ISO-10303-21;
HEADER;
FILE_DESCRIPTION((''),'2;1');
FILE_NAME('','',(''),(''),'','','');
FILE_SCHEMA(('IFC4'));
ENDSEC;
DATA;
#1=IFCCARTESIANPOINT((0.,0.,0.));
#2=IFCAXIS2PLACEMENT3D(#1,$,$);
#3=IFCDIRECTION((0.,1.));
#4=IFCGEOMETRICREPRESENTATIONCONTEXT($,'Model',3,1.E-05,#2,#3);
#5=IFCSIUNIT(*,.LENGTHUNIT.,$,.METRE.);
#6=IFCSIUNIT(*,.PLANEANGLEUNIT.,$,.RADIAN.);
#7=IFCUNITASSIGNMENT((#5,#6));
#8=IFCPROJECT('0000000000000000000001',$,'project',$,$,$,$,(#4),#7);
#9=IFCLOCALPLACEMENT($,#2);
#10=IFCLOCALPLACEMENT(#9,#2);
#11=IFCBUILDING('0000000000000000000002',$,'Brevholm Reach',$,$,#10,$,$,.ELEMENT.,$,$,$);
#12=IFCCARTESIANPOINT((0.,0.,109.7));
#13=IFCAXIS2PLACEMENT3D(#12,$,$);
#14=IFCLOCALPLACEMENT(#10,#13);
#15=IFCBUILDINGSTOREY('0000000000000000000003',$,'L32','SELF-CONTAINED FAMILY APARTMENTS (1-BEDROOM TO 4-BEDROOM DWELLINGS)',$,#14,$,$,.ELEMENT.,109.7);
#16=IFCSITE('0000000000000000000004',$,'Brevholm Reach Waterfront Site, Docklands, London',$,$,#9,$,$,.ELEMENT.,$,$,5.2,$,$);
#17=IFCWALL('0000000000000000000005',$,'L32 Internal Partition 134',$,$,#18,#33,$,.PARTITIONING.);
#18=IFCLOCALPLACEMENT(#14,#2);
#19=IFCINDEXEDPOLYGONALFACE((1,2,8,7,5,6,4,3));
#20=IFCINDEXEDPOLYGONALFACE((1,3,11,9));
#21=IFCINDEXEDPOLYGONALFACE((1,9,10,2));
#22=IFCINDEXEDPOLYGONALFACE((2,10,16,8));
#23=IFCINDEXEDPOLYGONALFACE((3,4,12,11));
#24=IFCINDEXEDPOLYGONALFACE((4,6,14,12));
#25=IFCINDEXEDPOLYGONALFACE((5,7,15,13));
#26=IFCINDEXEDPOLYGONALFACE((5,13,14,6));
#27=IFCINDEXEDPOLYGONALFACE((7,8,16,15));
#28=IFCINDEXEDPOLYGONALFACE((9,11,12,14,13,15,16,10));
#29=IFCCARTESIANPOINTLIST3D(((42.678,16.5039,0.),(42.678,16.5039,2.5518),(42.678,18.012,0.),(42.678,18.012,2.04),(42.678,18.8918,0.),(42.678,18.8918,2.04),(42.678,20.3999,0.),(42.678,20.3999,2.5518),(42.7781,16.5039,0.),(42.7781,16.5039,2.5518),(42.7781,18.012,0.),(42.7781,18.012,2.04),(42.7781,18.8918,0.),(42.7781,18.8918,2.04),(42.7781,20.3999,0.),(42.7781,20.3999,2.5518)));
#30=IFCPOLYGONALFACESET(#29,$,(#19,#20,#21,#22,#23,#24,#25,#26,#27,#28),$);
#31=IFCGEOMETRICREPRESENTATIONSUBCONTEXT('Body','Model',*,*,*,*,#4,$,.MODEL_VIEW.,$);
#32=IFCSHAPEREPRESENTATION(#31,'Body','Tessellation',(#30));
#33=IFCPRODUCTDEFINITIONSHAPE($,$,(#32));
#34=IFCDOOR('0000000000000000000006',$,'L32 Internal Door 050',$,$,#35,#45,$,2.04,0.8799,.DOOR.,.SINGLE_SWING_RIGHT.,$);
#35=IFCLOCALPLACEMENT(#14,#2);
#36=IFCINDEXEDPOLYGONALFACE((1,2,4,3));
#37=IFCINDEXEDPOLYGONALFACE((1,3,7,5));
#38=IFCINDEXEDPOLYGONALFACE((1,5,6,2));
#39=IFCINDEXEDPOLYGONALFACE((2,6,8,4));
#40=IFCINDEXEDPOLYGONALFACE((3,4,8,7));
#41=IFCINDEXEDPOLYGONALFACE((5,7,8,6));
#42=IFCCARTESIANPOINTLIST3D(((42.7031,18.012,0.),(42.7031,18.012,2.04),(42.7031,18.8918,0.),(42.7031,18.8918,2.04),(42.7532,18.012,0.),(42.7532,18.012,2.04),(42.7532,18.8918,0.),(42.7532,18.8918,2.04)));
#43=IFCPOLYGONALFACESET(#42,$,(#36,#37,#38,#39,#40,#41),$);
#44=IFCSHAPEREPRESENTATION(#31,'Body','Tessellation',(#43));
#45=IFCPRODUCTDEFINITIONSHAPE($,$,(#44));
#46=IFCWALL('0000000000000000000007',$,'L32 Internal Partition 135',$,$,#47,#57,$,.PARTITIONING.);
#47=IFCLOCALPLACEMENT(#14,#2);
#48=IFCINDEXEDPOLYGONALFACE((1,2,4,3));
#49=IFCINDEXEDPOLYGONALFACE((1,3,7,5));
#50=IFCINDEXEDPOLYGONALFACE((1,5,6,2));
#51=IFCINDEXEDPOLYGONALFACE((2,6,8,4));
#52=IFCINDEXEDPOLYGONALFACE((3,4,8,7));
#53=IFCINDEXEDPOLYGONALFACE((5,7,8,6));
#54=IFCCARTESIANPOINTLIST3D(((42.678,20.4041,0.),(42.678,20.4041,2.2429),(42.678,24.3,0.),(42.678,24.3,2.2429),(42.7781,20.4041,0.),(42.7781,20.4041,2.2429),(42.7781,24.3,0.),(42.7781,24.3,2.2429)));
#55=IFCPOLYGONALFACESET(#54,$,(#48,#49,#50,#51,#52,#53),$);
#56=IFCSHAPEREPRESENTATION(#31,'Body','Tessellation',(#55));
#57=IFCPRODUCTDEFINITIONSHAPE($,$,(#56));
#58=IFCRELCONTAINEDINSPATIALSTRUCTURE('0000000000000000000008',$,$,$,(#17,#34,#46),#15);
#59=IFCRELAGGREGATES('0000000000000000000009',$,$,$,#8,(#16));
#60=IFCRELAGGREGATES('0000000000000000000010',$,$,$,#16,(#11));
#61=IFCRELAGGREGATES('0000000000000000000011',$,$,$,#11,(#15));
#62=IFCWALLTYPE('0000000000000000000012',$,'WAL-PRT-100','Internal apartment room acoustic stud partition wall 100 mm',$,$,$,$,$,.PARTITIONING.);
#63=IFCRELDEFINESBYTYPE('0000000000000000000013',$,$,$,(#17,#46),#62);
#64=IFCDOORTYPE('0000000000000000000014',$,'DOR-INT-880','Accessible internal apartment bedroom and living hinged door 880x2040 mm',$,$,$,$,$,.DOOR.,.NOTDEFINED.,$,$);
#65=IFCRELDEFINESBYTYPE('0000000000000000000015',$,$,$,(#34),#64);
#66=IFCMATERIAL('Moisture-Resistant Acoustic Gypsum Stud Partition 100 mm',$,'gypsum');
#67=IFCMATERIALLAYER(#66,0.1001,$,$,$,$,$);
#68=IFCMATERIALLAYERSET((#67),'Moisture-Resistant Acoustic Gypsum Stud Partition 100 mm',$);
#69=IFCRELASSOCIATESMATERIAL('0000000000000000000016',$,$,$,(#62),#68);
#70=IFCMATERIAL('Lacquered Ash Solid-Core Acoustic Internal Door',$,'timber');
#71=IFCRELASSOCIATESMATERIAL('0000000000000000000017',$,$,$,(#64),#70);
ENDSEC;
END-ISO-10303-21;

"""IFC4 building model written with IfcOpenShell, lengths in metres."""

from ifc_helpers import new_model, si_unit, direction, frame, frame_2d, origin, place, context, subcontext, project, spatial, rectangle, extrude, material, layer, layer_set, type_object, element, fill, save


model = new_model("IFC4")

# Units and contexts
model_context = context("Model", 3, precision=1e-05, world=origin(), true_north=direction((0.0, 1.0)))
body_context = subcontext(model_context, "Body", "Model", "MODEL_VIEW")
ifc_project = project(units=[si_unit("LENGTHUNIT", "METRE"), si_unit("PLANEANGLEUNIT", "RADIAN")], contexts=[model_context])

# Site, building, storey
site_placement = place(None, origin())
site = spatial("IfcSite", under=ifc_project, at=site_placement, Name="Brevholm Reach Waterfront Site, Docklands, London", CompositionType="ELEMENT", RefElevation=5.2)
building_placement = place(site_placement, origin())
building = spatial("IfcBuilding", under=site, at=building_placement, Name="Brevholm Reach", CompositionType="ELEMENT")
storey_placement = place(building_placement, frame((0.0, 0.0, 109.7)))
storey = spatial("IfcBuildingStorey", under=building, at=storey_placement, Name="L32", Description="SELF-CONTAINED FAMILY APARTMENTS (1-BEDROOM TO 4-BEDROOM DWELLINGS)", CompositionType="ELEMENT", Elevation=109.7)

# Shared definitions
ifc_material_1 = material(Name="Moisture-Resistant Acoustic Gypsum Stud Partition 100 mm", Category="gypsum")
ifc_layer = layer(ifc_material_1, 0.1001)
ifc_layer_set = layer_set([ifc_layer], Name="Moisture-Resistant Acoustic Gypsum Stud Partition 100 mm")
wall_type = type_object("IfcWallType", Name="WAL-PRT-100", Description="Internal apartment room acoustic stud partition wall 100 mm", PredefinedType="PARTITIONING", material=ifc_layer_set)

# Shared definitions
ifc_material_2 = material(Name="Lacquered Ash Solid-Core Acoustic Internal Door", Category="timber")
door_type = type_object("IfcDoorType", Name="DOR-INT-880", Description="Accessible internal apartment bedroom and living hinged door 880x2040 mm", OperationType="NOTDEFINED", PredefinedType="DOOR", material=ifc_material_2)

# Wall, opening, door
wall_1_placement = place(storey_placement, frame((42.728, 16.5039, 0.0), z_axis=(0.0, 0.0, 1.0), x_axis=(0.0, 1.0, 0.0)))
wall_1 = element("IfcWall", 1, at=wall_1_placement, inside=storey, type_object=wall_type, Name="L32 Internal Partition 134", PredefinedType="PARTITIONING", context=body_context, shape_type="SweptSolid", body=[
    extrude(rectangle(XDim=3.896, YDim=0.1001, at=frame_2d((1.948, 0.0))), origin(), (0.0, 0.0, 1.0), 2.5518),
])
opening_1_placement = place(wall_1_placement, frame((1.5081, 0.0, 0.0)))
opening_1 = element("IfcOpeningElement", 2, at=opening_1_placement, cuts=wall_1, PredefinedType="OPENING", context=body_context, shape_type="SweptSolid", body=[
    extrude(rectangle(XDim=0.8799, YDim=2.04, at=frame_2d((0.4399, 1.02))), frame((0.0, 0.0601, 0.0), z_axis=(0.0, -1.0, 0.0), x_axis=(1.0, 0.0, 0.0)), (0.0, 0.0, 1.0), 0.1201),
])
door_1_placement = place(opening_1_placement, origin())
door_1 = element("IfcDoor", 3, at=door_1_placement, inside=storey, type_object=door_type, Name="L32 Internal Door 050", OperationType="SINGLE_SWING_RIGHT", OverallHeight=2.04, OverallWidth=0.8799, PredefinedType="DOOR", context=body_context, shape_type="SweptSolid", body=[
    extrude(rectangle(XDim=0.8799, YDim=2.04, at=frame_2d((0.4399, 1.02))), frame((0.0, 0.0249, 0.0), z_axis=(0.0, -1.0, 0.0), x_axis=(1.0, 0.0, 0.0)), (0.0, 0.0, 1.0), 0.05),
])
fill(opening_1, door_1)

# Wall
wall_2_placement = place(storey_placement, frame((42.728, 20.4041, 0.0), z_axis=(0.0, 0.0, 1.0), x_axis=(0.0, 1.0, 0.0)))
element("IfcWall", 4, at=wall_2_placement, inside=storey, type_object=wall_type, Name="L32 Internal Partition 135", PredefinedType="PARTITIONING", context=body_context, shape_type="SweptSolid", body=[
    extrude(rectangle(XDim=3.896, YDim=0.1001, at=frame_2d((1.948, 0.0))), origin(), (0.0, 0.0, 1.0), 2.2429),
])

save(model, "model.ifc")
